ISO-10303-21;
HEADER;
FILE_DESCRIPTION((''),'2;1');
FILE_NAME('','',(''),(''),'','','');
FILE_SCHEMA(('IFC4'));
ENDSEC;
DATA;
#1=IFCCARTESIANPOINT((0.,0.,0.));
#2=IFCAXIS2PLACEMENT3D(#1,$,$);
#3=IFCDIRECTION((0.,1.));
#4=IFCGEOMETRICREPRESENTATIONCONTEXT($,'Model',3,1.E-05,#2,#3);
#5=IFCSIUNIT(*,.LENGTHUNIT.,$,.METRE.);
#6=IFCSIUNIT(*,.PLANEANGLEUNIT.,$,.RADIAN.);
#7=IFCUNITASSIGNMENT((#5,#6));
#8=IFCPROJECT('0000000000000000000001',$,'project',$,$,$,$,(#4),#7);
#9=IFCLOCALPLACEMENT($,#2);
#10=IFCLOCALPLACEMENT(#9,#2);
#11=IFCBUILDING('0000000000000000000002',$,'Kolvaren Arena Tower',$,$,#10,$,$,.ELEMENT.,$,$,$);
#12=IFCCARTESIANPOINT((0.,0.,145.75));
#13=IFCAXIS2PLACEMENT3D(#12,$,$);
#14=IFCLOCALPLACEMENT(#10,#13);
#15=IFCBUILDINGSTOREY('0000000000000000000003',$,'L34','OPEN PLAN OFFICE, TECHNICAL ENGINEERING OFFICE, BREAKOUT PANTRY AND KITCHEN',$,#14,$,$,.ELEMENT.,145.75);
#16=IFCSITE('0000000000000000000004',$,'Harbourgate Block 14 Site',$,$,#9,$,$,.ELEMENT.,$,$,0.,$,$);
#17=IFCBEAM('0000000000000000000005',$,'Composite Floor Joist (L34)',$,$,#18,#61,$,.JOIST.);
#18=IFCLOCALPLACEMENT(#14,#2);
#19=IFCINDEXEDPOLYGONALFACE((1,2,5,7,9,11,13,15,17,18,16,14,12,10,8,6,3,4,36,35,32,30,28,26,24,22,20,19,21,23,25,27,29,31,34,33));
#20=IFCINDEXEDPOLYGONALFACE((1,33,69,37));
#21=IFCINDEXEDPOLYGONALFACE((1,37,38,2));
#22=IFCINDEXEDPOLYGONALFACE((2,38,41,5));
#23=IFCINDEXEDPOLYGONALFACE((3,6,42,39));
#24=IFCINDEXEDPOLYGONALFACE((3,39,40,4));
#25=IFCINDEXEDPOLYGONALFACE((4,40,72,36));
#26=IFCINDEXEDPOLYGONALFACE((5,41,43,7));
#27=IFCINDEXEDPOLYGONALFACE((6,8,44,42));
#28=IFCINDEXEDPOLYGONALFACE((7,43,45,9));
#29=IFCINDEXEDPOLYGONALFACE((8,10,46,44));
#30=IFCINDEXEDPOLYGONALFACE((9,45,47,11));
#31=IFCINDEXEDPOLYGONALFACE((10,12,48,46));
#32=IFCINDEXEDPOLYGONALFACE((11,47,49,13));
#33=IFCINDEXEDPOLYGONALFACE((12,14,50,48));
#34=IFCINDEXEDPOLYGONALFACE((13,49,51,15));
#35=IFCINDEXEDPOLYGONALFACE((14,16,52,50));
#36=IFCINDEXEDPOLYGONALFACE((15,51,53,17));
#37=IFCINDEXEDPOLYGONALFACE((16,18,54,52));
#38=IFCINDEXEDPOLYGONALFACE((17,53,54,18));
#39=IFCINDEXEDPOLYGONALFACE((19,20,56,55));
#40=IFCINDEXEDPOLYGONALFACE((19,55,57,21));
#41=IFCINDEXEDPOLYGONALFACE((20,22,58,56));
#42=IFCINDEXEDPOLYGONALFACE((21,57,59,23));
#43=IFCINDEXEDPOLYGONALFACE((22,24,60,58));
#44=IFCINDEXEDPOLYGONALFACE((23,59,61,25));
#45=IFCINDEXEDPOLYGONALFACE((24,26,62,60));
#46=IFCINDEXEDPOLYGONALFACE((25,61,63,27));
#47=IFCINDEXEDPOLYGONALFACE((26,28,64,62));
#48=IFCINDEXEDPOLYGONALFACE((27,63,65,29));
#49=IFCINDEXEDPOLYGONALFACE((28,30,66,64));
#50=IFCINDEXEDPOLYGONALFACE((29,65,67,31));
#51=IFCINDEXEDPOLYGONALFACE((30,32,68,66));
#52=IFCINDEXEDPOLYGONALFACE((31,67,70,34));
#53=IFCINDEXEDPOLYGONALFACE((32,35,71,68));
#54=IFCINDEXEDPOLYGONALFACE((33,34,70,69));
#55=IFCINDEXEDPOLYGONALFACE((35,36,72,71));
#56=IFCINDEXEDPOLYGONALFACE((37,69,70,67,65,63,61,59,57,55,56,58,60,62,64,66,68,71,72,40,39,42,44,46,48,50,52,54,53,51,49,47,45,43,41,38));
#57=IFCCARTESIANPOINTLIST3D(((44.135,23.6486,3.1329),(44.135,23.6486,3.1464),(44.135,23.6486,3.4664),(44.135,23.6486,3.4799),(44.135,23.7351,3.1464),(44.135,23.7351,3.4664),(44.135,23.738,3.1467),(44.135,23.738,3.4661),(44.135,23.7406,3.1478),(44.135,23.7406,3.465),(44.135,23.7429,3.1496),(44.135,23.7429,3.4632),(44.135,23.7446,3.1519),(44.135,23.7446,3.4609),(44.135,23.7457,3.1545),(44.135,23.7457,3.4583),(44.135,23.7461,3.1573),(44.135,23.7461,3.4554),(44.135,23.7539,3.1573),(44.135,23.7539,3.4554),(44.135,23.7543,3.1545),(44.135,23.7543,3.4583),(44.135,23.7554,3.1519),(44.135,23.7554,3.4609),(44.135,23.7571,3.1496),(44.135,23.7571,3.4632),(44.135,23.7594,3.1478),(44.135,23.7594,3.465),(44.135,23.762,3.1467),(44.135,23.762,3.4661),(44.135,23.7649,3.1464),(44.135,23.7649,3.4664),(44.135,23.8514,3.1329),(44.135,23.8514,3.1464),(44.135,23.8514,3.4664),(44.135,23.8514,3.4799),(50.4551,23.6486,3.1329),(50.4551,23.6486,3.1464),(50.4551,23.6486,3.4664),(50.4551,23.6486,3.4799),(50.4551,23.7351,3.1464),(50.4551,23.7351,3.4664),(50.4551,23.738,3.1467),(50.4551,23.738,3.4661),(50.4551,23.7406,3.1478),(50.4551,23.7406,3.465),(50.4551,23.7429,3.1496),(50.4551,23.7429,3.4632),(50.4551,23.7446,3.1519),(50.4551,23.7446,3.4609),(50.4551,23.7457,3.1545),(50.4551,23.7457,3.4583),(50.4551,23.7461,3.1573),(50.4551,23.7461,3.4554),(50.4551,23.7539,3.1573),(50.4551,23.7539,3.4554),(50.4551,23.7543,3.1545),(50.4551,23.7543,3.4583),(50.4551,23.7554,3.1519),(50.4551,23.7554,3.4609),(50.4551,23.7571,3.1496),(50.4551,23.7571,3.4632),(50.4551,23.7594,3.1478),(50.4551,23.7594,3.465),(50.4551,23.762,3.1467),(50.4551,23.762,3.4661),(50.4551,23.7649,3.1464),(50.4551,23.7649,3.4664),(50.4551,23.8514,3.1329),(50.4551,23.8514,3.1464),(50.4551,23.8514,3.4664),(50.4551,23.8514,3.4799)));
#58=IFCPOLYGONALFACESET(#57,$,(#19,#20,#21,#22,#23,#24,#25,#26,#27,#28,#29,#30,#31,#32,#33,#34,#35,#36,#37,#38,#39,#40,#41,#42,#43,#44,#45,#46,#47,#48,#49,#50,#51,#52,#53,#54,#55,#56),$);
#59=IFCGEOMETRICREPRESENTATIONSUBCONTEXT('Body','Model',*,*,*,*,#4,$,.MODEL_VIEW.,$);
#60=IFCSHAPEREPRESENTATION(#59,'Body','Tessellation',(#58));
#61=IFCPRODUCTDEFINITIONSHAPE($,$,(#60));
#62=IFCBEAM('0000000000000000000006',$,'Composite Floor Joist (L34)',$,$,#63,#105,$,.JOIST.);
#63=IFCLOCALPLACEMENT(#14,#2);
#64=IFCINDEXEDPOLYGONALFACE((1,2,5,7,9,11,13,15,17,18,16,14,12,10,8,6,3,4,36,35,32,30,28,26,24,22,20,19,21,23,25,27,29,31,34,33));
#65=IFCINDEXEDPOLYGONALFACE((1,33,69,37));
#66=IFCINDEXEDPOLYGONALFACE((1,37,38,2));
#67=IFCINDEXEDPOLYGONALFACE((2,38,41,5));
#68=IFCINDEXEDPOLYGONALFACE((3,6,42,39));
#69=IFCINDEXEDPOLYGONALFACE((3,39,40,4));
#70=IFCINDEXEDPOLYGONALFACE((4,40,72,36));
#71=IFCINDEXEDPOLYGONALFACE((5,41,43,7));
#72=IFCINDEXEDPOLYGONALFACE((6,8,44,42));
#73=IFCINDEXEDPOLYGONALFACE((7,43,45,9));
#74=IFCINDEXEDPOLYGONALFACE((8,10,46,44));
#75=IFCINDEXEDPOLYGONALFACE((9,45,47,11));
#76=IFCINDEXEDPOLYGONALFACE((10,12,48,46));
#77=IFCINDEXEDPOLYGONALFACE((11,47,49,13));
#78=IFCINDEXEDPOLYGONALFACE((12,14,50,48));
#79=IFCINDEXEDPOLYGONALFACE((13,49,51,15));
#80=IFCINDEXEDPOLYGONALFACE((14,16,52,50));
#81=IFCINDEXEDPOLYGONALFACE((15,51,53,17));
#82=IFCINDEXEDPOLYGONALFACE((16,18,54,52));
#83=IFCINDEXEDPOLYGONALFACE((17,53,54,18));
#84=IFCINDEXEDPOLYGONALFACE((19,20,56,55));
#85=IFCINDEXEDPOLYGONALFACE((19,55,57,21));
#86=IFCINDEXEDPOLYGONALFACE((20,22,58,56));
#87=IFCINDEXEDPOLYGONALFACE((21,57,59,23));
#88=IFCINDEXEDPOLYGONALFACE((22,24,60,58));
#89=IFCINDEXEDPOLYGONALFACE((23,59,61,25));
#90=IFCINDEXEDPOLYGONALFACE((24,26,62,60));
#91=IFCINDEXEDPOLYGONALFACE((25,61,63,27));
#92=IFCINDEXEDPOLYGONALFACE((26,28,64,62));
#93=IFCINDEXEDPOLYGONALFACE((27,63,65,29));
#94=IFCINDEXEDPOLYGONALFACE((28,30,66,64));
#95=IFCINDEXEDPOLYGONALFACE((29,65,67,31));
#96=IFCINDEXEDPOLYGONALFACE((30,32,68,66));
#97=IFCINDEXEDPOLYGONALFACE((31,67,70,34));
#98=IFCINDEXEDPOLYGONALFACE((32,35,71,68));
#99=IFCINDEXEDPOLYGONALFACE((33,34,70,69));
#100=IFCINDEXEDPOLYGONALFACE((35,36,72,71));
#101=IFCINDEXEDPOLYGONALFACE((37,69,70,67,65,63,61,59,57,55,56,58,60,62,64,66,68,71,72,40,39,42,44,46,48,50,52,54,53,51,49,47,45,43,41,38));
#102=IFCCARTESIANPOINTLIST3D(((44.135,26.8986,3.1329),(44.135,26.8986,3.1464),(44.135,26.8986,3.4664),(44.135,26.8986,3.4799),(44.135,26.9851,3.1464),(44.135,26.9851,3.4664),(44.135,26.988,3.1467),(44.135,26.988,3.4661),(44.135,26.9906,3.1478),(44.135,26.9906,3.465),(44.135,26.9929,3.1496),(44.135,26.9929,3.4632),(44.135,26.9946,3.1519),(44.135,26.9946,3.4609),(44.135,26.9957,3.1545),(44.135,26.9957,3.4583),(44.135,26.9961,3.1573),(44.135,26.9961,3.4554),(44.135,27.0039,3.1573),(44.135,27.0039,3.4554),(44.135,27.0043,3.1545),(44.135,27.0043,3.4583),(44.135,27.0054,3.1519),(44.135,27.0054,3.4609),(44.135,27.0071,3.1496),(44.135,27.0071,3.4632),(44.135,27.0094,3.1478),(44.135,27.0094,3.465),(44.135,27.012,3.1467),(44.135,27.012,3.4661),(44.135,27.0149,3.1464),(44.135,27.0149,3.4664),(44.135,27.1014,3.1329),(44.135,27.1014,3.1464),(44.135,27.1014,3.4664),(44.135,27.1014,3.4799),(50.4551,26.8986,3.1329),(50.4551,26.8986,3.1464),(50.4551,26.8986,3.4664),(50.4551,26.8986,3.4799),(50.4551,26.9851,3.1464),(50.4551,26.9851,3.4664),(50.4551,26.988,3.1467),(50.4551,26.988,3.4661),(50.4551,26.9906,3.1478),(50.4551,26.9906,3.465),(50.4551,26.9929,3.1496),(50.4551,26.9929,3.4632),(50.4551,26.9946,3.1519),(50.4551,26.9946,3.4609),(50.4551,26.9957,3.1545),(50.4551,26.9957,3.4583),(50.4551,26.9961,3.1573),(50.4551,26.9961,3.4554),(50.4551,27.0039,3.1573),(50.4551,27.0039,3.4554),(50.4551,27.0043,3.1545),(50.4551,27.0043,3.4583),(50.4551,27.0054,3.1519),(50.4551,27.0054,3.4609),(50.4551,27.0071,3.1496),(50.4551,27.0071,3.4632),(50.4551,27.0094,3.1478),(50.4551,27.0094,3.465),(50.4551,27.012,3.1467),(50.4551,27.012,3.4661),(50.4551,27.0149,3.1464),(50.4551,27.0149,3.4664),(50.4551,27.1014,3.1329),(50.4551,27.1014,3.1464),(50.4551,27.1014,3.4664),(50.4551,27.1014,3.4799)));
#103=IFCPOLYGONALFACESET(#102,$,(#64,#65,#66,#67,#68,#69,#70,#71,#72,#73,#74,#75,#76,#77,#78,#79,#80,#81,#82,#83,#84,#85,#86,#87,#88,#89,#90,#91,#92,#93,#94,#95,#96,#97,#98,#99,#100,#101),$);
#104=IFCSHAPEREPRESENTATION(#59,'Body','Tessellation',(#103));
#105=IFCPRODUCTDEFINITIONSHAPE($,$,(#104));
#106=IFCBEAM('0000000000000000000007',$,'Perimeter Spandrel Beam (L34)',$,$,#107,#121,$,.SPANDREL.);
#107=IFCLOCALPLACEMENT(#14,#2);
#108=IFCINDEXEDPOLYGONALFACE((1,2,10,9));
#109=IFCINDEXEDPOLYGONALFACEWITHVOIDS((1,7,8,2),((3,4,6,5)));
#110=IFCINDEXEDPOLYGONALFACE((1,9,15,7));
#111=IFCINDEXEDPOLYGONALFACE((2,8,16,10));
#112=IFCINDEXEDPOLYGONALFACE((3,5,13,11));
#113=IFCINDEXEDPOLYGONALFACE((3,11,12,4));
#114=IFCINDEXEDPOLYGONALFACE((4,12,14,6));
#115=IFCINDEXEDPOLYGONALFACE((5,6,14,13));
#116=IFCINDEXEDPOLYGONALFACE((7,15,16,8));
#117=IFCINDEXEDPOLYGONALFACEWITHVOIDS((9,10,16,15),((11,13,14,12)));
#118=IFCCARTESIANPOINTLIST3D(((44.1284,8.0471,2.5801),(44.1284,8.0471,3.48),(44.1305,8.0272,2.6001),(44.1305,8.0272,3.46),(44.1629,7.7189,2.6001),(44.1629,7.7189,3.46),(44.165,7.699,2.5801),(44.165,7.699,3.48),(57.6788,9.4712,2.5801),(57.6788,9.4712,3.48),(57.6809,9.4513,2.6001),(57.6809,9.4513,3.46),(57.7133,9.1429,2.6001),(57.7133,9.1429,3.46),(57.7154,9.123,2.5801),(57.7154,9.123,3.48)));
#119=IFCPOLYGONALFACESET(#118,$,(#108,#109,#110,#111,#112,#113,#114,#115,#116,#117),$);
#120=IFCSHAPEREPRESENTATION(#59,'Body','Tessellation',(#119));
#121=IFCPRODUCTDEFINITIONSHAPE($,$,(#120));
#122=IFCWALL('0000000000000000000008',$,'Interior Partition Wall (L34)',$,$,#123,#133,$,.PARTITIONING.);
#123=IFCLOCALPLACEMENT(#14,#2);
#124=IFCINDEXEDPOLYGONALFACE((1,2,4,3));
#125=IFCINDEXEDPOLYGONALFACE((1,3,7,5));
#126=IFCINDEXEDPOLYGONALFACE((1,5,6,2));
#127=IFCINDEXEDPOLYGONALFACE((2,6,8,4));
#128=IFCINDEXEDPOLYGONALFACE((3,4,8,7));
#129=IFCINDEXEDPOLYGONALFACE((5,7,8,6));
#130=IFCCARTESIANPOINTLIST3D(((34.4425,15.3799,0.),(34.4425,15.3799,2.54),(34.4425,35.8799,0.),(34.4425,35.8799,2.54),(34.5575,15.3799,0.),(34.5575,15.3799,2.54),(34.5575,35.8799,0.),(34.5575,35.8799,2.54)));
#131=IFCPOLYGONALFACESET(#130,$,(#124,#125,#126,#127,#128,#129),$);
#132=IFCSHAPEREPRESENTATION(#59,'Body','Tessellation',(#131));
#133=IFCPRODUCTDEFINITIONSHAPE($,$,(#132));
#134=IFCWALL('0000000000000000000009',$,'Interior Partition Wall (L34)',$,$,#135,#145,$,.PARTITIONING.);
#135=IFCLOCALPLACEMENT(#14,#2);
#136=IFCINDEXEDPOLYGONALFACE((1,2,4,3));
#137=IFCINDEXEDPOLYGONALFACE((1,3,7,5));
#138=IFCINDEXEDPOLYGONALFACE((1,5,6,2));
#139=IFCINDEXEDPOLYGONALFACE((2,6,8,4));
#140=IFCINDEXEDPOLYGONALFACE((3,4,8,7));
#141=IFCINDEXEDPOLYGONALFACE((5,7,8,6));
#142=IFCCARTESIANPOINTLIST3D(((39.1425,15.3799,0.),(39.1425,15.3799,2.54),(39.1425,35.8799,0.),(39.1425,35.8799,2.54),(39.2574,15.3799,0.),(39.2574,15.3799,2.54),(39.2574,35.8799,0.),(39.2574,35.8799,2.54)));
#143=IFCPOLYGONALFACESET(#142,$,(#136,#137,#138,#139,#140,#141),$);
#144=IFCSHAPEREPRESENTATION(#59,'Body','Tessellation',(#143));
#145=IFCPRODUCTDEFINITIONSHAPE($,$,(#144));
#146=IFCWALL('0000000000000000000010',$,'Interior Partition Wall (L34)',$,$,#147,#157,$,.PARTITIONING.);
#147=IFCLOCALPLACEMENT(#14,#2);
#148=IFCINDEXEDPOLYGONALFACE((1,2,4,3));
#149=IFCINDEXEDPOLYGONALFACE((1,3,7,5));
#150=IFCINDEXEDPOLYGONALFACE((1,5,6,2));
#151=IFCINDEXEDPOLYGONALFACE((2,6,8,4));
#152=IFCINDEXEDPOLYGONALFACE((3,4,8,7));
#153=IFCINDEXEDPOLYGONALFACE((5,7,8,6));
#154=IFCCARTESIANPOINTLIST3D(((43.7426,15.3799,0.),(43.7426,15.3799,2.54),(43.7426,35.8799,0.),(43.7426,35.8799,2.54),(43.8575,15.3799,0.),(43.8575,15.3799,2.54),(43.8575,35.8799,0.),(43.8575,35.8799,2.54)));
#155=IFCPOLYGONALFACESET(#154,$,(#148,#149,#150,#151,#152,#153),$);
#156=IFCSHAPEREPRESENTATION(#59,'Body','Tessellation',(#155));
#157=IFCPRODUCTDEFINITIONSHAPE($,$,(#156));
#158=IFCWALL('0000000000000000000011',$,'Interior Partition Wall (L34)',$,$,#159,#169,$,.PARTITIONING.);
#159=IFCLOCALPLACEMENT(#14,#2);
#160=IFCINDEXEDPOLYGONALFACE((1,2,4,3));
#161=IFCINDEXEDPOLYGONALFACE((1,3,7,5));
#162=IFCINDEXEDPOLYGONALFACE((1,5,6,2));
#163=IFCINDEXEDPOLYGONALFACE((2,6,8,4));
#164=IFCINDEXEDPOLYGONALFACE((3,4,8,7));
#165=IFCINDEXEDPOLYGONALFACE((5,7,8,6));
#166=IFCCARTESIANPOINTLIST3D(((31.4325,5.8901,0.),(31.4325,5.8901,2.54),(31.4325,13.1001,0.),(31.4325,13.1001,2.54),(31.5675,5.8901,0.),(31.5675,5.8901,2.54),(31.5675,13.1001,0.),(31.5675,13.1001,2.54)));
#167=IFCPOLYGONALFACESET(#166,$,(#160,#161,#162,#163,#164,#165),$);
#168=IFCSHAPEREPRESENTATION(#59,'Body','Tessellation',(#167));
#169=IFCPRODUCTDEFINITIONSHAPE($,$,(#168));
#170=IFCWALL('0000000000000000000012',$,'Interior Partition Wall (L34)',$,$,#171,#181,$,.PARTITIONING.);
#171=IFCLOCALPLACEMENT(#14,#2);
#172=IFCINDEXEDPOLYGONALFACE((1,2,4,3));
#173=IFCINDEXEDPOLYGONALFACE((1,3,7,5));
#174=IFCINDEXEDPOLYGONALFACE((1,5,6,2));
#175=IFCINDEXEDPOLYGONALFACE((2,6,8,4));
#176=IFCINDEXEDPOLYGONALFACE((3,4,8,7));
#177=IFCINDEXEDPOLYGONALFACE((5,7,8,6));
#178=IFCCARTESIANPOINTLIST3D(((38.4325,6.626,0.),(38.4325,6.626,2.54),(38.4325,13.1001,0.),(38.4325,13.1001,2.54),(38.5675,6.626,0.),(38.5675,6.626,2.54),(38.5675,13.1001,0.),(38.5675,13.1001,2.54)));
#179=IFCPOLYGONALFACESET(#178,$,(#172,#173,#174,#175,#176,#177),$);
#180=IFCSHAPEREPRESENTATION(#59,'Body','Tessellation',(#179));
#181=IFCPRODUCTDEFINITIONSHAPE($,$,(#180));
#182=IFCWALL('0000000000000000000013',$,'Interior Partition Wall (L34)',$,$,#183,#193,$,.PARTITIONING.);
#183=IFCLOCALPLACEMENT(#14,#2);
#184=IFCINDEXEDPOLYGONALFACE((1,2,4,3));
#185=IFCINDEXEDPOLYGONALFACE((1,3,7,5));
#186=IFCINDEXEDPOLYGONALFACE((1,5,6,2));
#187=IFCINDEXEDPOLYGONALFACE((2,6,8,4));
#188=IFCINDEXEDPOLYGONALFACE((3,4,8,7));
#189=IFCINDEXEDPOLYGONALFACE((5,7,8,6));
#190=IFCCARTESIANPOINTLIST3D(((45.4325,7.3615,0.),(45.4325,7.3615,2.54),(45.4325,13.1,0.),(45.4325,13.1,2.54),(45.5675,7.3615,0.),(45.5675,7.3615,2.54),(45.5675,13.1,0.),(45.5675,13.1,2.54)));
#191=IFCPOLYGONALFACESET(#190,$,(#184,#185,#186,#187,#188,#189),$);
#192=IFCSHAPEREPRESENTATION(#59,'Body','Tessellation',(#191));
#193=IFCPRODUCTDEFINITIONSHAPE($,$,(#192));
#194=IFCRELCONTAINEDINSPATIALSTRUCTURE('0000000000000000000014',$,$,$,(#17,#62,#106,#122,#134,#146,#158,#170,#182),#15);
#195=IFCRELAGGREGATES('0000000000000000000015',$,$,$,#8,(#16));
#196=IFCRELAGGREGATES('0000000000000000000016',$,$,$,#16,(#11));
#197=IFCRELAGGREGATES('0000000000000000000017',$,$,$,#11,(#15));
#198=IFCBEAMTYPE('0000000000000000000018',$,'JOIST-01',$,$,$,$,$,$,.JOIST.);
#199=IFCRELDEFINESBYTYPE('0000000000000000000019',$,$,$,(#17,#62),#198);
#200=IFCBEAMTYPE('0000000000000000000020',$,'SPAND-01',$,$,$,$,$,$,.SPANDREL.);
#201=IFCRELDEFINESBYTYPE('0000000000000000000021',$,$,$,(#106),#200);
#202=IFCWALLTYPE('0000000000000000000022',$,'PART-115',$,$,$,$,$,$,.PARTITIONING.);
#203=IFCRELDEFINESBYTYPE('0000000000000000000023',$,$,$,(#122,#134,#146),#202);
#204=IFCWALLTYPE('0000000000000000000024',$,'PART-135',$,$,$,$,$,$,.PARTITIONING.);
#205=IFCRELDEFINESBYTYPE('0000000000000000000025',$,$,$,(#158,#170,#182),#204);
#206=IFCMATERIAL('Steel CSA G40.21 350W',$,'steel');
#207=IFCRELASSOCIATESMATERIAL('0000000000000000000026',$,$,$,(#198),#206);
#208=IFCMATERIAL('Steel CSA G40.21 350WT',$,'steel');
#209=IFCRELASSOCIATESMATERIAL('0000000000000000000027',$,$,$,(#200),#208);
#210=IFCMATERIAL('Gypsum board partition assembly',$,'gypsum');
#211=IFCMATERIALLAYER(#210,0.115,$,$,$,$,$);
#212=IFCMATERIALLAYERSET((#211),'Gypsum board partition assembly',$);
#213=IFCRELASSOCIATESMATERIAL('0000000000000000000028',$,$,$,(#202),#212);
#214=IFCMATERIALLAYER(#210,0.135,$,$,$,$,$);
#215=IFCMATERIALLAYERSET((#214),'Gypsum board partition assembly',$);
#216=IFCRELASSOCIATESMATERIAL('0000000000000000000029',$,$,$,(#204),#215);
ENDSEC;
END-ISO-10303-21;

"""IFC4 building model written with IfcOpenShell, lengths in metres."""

from ifc_helpers import new_model, si_unit, direction, frame, frame_2d, origin, origin_2d, place, context, subcontext, project, spatial, rectangle, hollow_rectangle, i_section, extrude, material, layer, layer_set, material_profile, profile_set, type_object, element, save


model = new_model("IFC4")

# Units and contexts
model_context = context("Model", 3, precision=1e-05, world=origin(), true_north=direction((0.0, 1.0)))
body_context = subcontext(model_context, "Body", "Model", "MODEL_VIEW")
ifc_project = project(units=[si_unit("LENGTHUNIT", "METRE"), si_unit("PLANEANGLEUNIT", "RADIAN")], contexts=[model_context])

# Site, building, storey
site_placement = place(None, origin())
site = spatial("IfcSite", under=ifc_project, at=site_placement, Name="Harbourgate Block 14 Site", CompositionType="ELEMENT", RefElevation=0.0)
building_placement = place(site_placement, origin())
building = spatial("IfcBuilding", under=site, at=building_placement, Name="Kolvaren Arena Tower", CompositionType="ELEMENT")
storey_placement = place(building_placement, frame((0.0, 0.0, 145.75)))
storey = spatial("IfcBuildingStorey", under=building, at=storey_placement, Name="L34", Description="OPEN PLAN OFFICE, TECHNICAL ENGINEERING OFFICE, BREAKOUT PANTRY AND KITCHEN", CompositionType="ELEMENT", Elevation=145.75)

# Beams
ifc_material_1 = material(Name="Steel CSA G40.21 350W", Category="steel")
ifc_material_profile_1 = material_profile(ifc_material_1, i_section(OverallWidth=0.2029, OverallDepth=0.3469, WebThickness=0.0078, FlangeThickness=0.0134, FilletRadius=0.011, at=origin_2d()), Name="W360x64")
ifc_profile_set_1 = profile_set([ifc_material_profile_1], Name="Steel CSA G40.21 350W")
beam_type_1 = type_object("IfcBeamType", Name="JOIST-01", PredefinedType="JOIST", material=ifc_profile_set_1)
for number, where, z_axis, x_axis, name in (
    (1, (44.135, 23.75, 3.3064), (1.0, 0.0, 0.0), (0.0, 1.0, 0.0), "Composite Floor Joist (L34)"),
    (2, (44.135, 27.0, 3.3064), (1.0, 0.0, 0.0), (0.0, 1.0, 0.0), "Composite Floor Joist (L34)"),
):
    element("IfcBeam", number, at=place(storey_placement, frame(where, z_axis=z_axis, x_axis=x_axis)), inside=storey, type_object=beam_type_1, Name=name, PredefinedType="JOIST", context=body_context, shape_type="SweptSolid", body=[
        extrude(i_section(OverallWidth=0.2029, OverallDepth=0.3469, WebThickness=0.0078, FlangeThickness=0.0134, FilletRadius=0.011, at=origin_2d()), origin(), (0.0, 0.0, 1.0), 6.3201),
    ])
ifc_material_2 = material(Name="Steel CSA G40.21 350WT", Category="steel")
ifc_material_profile_2 = material_profile(ifc_material_2, hollow_rectangle(XDim=0.3501, YDim=0.8999, WallThickness=0.02, at=origin_2d()), Name="HSS 900x350x20")
ifc_profile_set_2 = profile_set([ifc_material_profile_2], Name="Steel CSA G40.21 350WT")
beam_type_2 = type_object("IfcBeamType", Name="SPAND-01", PredefinedType="SPANDREL", material=ifc_profile_set_2)
beam_1_placement = place(storey_placement, frame((44.1467, 7.873, 3.03), z_axis=(0.994523, 0.10452, 0.0), x_axis=(-0.10452, 0.994523, 0.0)))
element("IfcBeam", 3, at=beam_1_placement, inside=storey, type_object=beam_type_2, Name="Perimeter Spandrel Beam (L34)", PredefinedType="SPANDREL", context=body_context, shape_type="SweptSolid", body=[
    extrude(hollow_rectangle(XDim=0.3501, YDim=0.8999, WallThickness=0.02, at=origin_2d()), origin(), (0.0, 0.0, 1.0), 13.625),
])

# Walls
ifc_material_3 = material(Name="Gypsum board partition assembly", Category="gypsum")
ifc_layer_1 = layer(ifc_material_3, 0.115)
ifc_layer_set_1 = layer_set([ifc_layer_1], Name="Gypsum board partition assembly")
wall_type_1 = type_object("IfcWallType", Name="PART-115", PredefinedType="PARTITIONING", material=ifc_layer_set_1)
for number, where, z_axis, x_axis, name in (
    (4, (34.5, 15.3799, 0.0), (0.0, 0.0, 1.0), (0.0, 1.0, 0.0), "Interior Partition Wall (L34)"),
    (5, (39.2, 15.3799, 0.0), (0.0, 0.0, 1.0), (0.0, 1.0, 0.0), "Interior Partition Wall (L34)"),
    (6, (43.8, 15.3799, 0.0), (0.0, 0.0, 1.0), (0.0, 1.0, 0.0), "Interior Partition Wall (L34)"),
):
    element("IfcWall", number, at=place(storey_placement, frame(where, z_axis=z_axis, x_axis=x_axis)), inside=storey, type_object=wall_type_1, Name=name, PredefinedType="PARTITIONING", context=body_context, shape_type="SweptSolid", body=[
        extrude(rectangle(XDim=20.5, YDim=0.115, at=frame_2d((10.25, 0.0))), origin(), (0.0, 0.0, 1.0), 2.54),
    ])
ifc_layer_2 = layer(ifc_material_3, 0.135)
ifc_layer_set_2 = layer_set([ifc_layer_2], Name="Gypsum board partition assembly")
wall_type_2 = type_object("IfcWallType", Name="PART-135", PredefinedType="PARTITIONING", material=ifc_layer_set_2)
wall_1_placement = place(storey_placement, frame((31.5, 5.8901, 0.0), z_axis=(0.0, 0.0, 1.0), x_axis=(0.0, 1.0, 0.0)))
element("IfcWall", 7, at=wall_1_placement, inside=storey, type_object=wall_type_2, Name="Interior Partition Wall (L34)", PredefinedType="PARTITIONING", context=body_context, shape_type="SweptSolid", body=[
    extrude(rectangle(XDim=7.21, YDim=0.135, at=frame_2d((3.605, 0.0))), origin(), (0.0, 0.0, 1.0), 2.54),
])
wall_2_placement = place(storey_placement, frame((38.5, 6.626, 0.0), z_axis=(0.0, 0.0, 1.0), x_axis=(0.0, 1.0, 0.0)))
element("IfcWall", 8, at=wall_2_placement, inside=storey, type_object=wall_type_2, Name="Interior Partition Wall (L34)", PredefinedType="PARTITIONING", context=body_context, shape_type="SweptSolid", body=[
    extrude(rectangle(XDim=6.4741, YDim=0.135, at=frame_2d((3.2371, 0.0))), origin(), (0.0, 0.0, 1.0), 2.54),
])
wall_3_placement = place(storey_placement, frame((45.5, 7.3616, 0.0), z_axis=(0.0, 0.0, 1.0), x_axis=(0.0, 1.0, 0.0)))
element("IfcWall", 9, at=wall_3_placement, inside=storey, type_object=wall_type_2, Name="Interior Partition Wall (L34)", PredefinedType="PARTITIONING", context=body_context, shape_type="SweptSolid", body=[
    extrude(rectangle(XDim=5.7385, YDim=0.135, at=frame_2d((2.8691, 0.0))), origin(), (0.0, 0.0, 1.0), 2.54),
])

save(model, "model.ifc")
